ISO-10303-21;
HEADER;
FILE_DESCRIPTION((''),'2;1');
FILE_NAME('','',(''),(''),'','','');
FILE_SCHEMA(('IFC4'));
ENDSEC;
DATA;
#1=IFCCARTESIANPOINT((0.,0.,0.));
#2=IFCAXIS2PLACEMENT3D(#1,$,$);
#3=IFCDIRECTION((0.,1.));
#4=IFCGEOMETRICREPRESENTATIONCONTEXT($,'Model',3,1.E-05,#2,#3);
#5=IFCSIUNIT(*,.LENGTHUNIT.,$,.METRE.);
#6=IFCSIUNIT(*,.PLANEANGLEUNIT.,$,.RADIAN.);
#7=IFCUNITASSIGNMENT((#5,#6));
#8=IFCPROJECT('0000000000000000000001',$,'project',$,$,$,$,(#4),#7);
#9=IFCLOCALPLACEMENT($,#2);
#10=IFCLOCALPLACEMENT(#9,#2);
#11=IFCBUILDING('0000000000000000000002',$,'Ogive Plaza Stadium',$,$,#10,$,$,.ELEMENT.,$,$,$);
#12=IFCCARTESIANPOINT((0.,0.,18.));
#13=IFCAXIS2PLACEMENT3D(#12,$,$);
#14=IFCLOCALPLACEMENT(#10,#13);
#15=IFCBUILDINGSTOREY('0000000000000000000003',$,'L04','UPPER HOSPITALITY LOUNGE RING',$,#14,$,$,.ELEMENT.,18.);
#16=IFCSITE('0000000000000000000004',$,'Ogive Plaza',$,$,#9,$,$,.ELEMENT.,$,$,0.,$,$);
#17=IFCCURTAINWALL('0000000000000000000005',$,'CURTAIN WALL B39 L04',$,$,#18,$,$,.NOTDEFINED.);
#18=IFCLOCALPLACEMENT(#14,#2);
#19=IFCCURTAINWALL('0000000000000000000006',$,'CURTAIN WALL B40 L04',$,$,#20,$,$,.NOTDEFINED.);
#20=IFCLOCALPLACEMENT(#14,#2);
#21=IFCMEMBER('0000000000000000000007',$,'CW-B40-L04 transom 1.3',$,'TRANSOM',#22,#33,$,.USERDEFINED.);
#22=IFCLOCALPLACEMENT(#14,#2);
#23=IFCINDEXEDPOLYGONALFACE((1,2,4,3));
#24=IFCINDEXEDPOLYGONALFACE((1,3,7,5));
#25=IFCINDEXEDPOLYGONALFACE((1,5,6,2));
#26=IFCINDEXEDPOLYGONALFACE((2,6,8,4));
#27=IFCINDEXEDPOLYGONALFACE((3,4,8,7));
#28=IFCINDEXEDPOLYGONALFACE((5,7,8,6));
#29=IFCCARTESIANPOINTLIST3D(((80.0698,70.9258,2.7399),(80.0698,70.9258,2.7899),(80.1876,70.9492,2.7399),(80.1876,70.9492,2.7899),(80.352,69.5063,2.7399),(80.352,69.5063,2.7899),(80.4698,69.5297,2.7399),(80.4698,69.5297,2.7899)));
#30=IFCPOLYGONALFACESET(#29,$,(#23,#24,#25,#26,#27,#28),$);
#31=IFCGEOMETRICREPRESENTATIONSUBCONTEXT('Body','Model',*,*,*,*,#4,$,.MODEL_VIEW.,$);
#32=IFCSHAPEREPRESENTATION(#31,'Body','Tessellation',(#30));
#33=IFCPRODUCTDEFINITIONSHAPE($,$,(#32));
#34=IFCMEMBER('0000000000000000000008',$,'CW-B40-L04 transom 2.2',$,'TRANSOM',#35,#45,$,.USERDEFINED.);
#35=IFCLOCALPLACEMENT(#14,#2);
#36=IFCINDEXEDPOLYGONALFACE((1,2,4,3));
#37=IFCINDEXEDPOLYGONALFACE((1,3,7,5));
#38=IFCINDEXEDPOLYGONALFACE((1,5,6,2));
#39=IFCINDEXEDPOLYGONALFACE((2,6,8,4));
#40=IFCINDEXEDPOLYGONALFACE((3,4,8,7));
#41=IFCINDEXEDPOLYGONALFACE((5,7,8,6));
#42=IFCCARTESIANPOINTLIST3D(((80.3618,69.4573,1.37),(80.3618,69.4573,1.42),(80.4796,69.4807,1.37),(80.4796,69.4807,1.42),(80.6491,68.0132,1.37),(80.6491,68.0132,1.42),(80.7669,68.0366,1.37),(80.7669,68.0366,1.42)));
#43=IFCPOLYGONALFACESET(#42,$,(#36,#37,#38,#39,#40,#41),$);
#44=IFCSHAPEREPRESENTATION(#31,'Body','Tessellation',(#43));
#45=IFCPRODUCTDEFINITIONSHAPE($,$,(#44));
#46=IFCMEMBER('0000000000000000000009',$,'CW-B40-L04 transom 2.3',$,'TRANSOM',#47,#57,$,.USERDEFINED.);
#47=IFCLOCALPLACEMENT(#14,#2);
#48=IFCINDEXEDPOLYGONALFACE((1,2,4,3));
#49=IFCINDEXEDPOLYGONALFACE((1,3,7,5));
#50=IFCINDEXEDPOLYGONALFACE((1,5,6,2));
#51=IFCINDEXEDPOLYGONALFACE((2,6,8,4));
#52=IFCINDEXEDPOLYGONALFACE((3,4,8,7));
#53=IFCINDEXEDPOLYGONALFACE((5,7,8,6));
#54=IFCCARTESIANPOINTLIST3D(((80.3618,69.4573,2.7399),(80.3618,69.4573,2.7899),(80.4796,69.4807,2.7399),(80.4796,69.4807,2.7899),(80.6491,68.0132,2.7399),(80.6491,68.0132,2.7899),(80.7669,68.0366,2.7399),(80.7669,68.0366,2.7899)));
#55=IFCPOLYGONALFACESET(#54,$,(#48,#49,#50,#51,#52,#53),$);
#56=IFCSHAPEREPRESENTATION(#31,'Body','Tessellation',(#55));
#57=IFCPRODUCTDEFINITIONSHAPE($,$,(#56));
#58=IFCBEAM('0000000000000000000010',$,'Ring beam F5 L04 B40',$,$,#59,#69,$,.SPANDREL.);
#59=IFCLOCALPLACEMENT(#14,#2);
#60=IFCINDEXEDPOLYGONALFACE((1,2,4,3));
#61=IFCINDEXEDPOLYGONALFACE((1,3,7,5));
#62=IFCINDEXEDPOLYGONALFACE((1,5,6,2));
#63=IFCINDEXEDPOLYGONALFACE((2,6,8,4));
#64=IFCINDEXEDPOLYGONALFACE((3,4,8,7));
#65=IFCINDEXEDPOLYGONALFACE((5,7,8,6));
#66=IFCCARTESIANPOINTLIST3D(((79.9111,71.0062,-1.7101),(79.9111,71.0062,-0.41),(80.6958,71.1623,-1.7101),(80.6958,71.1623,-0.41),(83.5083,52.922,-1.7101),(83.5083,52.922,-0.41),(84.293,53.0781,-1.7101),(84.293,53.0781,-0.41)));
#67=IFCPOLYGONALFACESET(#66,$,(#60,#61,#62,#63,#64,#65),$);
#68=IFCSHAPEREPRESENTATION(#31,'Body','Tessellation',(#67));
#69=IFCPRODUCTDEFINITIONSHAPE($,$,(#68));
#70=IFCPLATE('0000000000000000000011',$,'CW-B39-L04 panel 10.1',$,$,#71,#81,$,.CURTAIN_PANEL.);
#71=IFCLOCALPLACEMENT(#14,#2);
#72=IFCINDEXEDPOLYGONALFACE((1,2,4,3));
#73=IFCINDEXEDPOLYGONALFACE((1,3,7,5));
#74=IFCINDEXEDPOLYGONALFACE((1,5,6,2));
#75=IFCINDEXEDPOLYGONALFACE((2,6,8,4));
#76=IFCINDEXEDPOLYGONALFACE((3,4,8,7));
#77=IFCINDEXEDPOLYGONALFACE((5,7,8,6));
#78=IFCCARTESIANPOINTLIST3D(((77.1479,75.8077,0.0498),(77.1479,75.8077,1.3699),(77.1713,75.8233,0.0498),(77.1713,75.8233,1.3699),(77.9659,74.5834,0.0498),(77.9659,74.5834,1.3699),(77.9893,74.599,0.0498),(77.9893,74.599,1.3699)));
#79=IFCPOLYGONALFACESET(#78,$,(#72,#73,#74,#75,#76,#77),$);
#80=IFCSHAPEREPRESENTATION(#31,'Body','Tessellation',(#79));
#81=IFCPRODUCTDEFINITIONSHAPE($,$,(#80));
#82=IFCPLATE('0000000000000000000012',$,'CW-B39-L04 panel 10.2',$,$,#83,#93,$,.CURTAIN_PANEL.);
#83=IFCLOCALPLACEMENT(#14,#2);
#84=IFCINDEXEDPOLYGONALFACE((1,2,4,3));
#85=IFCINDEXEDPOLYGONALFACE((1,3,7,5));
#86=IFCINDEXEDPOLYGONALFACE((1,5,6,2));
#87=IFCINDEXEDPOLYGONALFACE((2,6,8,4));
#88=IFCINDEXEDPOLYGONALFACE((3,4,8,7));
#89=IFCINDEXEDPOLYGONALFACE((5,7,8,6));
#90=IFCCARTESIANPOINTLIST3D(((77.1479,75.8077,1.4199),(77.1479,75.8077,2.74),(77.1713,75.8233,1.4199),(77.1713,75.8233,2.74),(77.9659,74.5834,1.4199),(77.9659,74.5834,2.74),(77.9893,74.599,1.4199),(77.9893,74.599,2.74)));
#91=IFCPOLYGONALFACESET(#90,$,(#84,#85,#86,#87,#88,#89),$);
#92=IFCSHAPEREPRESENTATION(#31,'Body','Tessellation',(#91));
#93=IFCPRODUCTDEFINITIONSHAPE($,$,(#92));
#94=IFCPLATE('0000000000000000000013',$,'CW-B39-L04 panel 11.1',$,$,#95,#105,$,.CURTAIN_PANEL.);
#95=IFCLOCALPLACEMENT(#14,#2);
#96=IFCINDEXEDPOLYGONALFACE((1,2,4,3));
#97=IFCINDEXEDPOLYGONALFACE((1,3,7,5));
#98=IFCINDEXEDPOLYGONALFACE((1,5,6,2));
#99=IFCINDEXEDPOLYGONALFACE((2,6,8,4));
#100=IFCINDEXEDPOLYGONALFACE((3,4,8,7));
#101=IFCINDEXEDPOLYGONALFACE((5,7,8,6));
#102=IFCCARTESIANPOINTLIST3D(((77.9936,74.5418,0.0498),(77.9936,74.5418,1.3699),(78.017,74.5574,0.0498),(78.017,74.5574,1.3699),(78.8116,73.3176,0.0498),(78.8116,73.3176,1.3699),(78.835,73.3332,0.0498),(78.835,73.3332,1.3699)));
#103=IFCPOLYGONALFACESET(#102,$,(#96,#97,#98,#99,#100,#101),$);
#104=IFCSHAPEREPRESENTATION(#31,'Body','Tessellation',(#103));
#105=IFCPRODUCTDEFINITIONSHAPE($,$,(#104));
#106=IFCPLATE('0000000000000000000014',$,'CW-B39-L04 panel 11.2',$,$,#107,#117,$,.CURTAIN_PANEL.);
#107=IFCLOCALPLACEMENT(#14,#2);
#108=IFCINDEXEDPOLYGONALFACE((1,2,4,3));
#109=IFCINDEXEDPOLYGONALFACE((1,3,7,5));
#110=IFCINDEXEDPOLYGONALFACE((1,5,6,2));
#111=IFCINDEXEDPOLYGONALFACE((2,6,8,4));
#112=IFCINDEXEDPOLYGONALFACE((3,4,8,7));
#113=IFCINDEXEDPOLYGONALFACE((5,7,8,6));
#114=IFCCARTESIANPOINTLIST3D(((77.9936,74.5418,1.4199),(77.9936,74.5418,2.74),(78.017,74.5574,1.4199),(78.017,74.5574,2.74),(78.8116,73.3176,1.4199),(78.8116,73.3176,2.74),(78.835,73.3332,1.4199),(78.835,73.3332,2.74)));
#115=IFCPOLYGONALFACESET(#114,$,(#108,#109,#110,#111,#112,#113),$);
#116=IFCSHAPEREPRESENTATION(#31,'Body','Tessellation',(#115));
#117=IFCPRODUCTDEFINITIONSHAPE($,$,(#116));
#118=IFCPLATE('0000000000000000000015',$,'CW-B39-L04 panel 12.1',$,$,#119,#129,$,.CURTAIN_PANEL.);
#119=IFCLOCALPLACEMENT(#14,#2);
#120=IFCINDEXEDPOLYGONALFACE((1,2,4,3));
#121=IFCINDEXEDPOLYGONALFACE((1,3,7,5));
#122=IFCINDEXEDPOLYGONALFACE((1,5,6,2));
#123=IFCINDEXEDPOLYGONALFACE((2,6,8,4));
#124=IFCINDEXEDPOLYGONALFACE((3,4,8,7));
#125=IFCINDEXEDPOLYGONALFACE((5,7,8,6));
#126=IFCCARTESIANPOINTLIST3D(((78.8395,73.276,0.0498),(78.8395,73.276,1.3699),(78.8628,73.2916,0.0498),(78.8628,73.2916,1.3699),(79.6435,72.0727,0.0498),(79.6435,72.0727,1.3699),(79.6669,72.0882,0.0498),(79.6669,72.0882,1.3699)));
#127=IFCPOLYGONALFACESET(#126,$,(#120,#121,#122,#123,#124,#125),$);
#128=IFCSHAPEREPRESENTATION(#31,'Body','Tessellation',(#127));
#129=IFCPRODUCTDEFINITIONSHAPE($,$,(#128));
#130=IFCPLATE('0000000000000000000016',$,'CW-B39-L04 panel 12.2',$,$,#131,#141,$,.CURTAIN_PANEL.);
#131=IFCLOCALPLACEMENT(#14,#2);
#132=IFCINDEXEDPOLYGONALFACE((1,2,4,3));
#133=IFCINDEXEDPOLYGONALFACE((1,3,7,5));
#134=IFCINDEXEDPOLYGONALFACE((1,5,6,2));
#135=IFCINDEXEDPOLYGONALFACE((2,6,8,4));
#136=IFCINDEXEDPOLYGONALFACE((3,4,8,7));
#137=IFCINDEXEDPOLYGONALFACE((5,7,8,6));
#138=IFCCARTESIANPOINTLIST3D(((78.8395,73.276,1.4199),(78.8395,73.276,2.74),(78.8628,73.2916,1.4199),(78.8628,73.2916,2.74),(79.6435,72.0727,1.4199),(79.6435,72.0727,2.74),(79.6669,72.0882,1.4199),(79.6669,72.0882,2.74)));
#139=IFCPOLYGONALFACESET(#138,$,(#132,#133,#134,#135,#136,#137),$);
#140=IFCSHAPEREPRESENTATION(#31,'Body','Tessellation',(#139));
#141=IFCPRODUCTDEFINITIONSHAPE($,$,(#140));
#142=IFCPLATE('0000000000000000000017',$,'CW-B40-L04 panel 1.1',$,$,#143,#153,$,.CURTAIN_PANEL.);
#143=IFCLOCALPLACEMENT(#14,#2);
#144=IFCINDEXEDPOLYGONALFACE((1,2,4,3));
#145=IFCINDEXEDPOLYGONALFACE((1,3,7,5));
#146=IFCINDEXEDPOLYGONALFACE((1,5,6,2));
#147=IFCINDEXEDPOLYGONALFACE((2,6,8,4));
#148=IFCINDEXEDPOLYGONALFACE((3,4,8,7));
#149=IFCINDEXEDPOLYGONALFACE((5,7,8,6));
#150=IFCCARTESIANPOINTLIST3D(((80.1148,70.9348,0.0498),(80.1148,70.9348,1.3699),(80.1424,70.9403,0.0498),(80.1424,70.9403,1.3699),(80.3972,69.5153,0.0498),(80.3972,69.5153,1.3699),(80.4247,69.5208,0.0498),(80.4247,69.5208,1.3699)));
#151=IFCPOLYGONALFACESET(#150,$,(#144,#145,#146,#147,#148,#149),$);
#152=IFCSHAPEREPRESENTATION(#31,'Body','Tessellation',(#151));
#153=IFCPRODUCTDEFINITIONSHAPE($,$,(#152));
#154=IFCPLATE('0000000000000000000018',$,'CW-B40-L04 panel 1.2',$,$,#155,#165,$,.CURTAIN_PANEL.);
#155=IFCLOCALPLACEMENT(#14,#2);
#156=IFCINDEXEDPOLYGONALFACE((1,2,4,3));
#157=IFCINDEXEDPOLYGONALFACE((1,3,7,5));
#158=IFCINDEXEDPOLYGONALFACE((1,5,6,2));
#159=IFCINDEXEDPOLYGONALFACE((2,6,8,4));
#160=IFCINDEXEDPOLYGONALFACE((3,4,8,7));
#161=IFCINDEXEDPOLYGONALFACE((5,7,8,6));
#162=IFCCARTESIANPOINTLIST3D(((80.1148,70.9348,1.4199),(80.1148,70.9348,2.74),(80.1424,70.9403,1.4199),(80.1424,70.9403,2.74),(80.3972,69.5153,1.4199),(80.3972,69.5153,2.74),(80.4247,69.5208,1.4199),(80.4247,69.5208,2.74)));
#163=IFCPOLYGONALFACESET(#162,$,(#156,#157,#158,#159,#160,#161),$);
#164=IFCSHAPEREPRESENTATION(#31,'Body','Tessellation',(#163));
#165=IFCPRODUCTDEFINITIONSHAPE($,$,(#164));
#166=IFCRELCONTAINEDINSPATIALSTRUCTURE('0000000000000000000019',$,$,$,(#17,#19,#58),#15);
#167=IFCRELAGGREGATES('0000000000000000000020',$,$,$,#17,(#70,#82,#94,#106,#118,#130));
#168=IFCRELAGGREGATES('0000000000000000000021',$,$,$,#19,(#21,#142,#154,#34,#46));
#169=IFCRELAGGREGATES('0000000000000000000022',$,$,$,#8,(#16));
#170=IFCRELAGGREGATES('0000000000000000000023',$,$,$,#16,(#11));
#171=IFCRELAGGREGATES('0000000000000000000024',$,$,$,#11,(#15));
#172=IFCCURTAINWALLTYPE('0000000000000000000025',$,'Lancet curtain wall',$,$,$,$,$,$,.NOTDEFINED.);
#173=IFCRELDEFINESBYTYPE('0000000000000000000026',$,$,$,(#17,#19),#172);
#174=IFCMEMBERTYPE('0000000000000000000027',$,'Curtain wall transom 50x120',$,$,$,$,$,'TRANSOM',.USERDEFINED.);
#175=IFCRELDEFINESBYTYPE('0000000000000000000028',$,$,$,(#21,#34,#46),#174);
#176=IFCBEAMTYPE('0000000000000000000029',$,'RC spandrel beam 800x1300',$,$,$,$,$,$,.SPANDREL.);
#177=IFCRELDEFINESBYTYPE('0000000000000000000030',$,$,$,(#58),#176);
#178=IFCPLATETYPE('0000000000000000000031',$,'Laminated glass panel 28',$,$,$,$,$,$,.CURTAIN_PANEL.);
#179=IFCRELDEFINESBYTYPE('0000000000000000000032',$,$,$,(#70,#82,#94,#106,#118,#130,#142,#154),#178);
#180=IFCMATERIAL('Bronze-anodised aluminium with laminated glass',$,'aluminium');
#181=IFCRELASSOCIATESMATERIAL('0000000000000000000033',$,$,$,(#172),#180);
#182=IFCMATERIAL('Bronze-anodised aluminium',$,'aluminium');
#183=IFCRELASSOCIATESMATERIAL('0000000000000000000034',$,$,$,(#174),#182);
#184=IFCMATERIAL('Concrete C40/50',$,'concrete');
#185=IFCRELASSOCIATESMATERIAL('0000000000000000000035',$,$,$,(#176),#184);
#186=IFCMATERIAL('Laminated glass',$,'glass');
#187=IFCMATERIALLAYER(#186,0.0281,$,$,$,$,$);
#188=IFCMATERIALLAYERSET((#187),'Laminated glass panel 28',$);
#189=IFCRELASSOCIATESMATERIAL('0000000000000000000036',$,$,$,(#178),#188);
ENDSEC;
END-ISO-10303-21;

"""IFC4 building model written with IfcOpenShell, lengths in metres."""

from ifc_helpers import new_model, si_unit, direction, frame, origin, origin_2d, place, context, subcontext, project, spatial, rectangle, extrude, material, layer, layer_set, material_profile, profile_set, type_object, element, aggregate, save


model = new_model("IFC4")

# Units and contexts
model_context = context("Model", 3, precision=1e-05, world=origin(), true_north=direction((0.0, 1.0)))
body_context = subcontext(model_context, "Body", "Model", "MODEL_VIEW")
ifc_project = project(units=[si_unit("LENGTHUNIT", "METRE"), si_unit("PLANEANGLEUNIT", "RADIAN")], contexts=[model_context])

# Site, building, storey
site_placement = place(None, origin())
site = spatial("IfcSite", under=ifc_project, at=site_placement, Name="Ogive Plaza", CompositionType="ELEMENT", RefElevation=0.0)
building_placement = place(site_placement, origin())
building = spatial("IfcBuilding", under=site, at=building_placement, Name="Ogive Plaza Stadium", CompositionType="ELEMENT")
storey_placement = place(building_placement, frame((0.0, 0.0, 18.0)))
storey = spatial("IfcBuildingStorey", under=building, at=storey_placement, Name="L04", Description="UPPER HOSPITALITY LOUNGE RING", CompositionType="ELEMENT", Elevation=18.0)

# Curtain walls
ifc_material_1 = material(Name="Bronze-anodised aluminium with laminated glass", Category="aluminium")
curtain_wall_type = type_object("IfcCurtainWallType", Name="Lancet curtain wall", PredefinedType="NOTDEFINED", material=ifc_material_1)
curtain_wall_1_placement = place(storey_placement, origin())
curtain_wall_1 = element("IfcCurtainWall", 1, at=curtain_wall_1_placement, inside=storey, type_object=curtain_wall_type, Name="CURTAIN WALL B39 L04", PredefinedType="NOTDEFINED")
curtain_wall_2_placement = place(storey_placement, origin())
curtain_wall_2 = element("IfcCurtainWall", 2, at=curtain_wall_2_placement, inside=storey, type_object=curtain_wall_type, Name="CURTAIN WALL B40 L04", PredefinedType="NOTDEFINED")

# Members
ifc_material_2 = material(Name="Bronze-anodised aluminium", Category="aluminium")
ifc_material_profile_1 = material_profile(ifc_material_2, rectangle(XDim=0.1201, YDim=0.05, at=origin_2d()), Name="AL 120x50")
ifc_profile_set_1 = profile_set([ifc_material_profile_1], Name="Bronze-anodised aluminium")
member_type_1 = type_object("IfcMemberType", Name="Curtain wall transom 50x120", ElementType="TRANSOM", PredefinedType="USERDEFINED", material=ifc_profile_set_1)
member_1_placement = place(storey_placement, frame((80.1287, 70.9375, 2.7649), z_axis=(0.195013, -0.980801, 0.0), x_axis=(0.980801, 0.195013, 0.0)))
member_1 = element("IfcMember", 3, at=member_1_placement, type_object=member_type_1, Name="CW-B40-L04 transom 1.3", ObjectType="TRANSOM", PredefinedType="USERDEFINED", context=body_context, shape_type="SweptSolid", body=[
    extrude(rectangle(XDim=0.1201, YDim=0.05, at=origin_2d()), origin(), (0.0, 0.0, 1.0), 1.4473),
])
member_2_placement = place(storey_placement, frame((80.4207, 69.469, 1.395), z_axis=(0.195159, -0.980772, 0.0), x_axis=(0.980772, 0.195159, 0.0)))
member_2 = element("IfcMember", 4, at=member_2_placement, type_object=member_type_1, Name="CW-B40-L04 transom 2.2", ObjectType="TRANSOM", PredefinedType="USERDEFINED", context=body_context, shape_type="SweptSolid", body=[
    extrude(rectangle(XDim=0.1201, YDim=0.05, at=origin_2d()), origin(), (0.0, 0.0, 1.0), 1.4724),
])
member_3_placement = place(storey_placement, frame((80.4207, 69.469, 2.7649), z_axis=(0.195159, -0.980772, 0.0), x_axis=(0.980772, 0.195159, 0.0)))
member_3 = element("IfcMember", 5, at=member_3_placement, type_object=member_type_1, Name="CW-B40-L04 transom 2.3", ObjectType="TRANSOM", PredefinedType="USERDEFINED", context=body_context, shape_type="SweptSolid", body=[
    extrude(rectangle(XDim=0.1201, YDim=0.05, at=origin_2d()), origin(), (0.0, 0.0, 1.0), 1.4724),
])

# Beam
ifc_material_3 = material(Name="Concrete C40/50", Category="concrete")
ifc_material_profile_2 = material_profile(ifc_material_3, rectangle(XDim=0.8, YDim=1.3, at=origin_2d()), Name="RC 800x1300")
ifc_profile_set_2 = profile_set([ifc_material_profile_2], Name="Concrete C40/50")
beam_type = type_object("IfcBeamType", Name="RC spandrel beam 800x1300", PredefinedType="SPANDREL", material=ifc_profile_set_2)
beam_placement = place(storey_placement, frame((80.3035, 71.0842, -1.0601), z_axis=(0.19509, -0.980785, 0.0), x_axis=(0.980785, 0.19509, 0.0)))
element("IfcBeam", 6, at=beam_placement, inside=storey, type_object=beam_type, Name="Ring beam F5 L04 B40", PredefinedType="SPANDREL", context=body_context, shape_type="SweptSolid", body=[
    extrude(rectangle(XDim=0.8, YDim=1.3, at=origin_2d()), origin(), (0.0, 0.0, 1.0), 18.4385),
])

# Plates
ifc_material_4 = material(Name="Laminated glass", Category="glass")
ifc_layer = layer(ifc_material_4, 0.0281)
ifc_layer_set = layer_set([ifc_layer], Name="Laminated glass panel 28")
plate_type = type_object("IfcPlateType", Name="Laminated glass panel 28", PredefinedType="CURTAIN_PANEL", material=ifc_layer_set)
plate_1_placement = place(storey_placement, frame((77.5686, 75.2034, 0.0498), z_axis=(0.0, 0.0, 1.0), x_axis=(0.55557, -0.83147, 0.0)))
plate_1 = element("IfcPlate", 7, at=plate_1_placement, type_object=plate_type, Name="CW-B39-L04 panel 10.1", PredefinedType="CURTAIN_PANEL", context=body_context, shape_type="SweptSolid", body=[
    extrude(rectangle(XDim=1.4724, YDim=0.0281, at=origin_2d()), origin(), (0.0, 0.0, 1.0), 1.3201),
])
plate_2_placement = place(storey_placement, frame((77.5686, 75.2034, 1.4199), z_axis=(0.0, 0.0, 1.0), x_axis=(0.55557, -0.83147, 0.0)))
plate_2 = element("IfcPlate", 8, at=plate_2_placement, type_object=plate_type, Name="CW-B39-L04 panel 10.2", PredefinedType="CURTAIN_PANEL", context=body_context, shape_type="SweptSolid", body=[
    extrude(rectangle(XDim=1.4724, YDim=0.0281, at=origin_2d()), origin(), (0.0, 0.0, 1.0), 1.3201),
])
plate_3_placement = place(storey_placement, frame((78.4143, 73.9375, 0.0498), z_axis=(0.0, 0.0, 1.0), x_axis=(0.55557, -0.83147, 0.0)))
plate_3 = element("IfcPlate", 9, at=plate_3_placement, type_object=plate_type, Name="CW-B39-L04 panel 11.1", PredefinedType="CURTAIN_PANEL", context=body_context, shape_type="SweptSolid", body=[
    extrude(rectangle(XDim=1.4724, YDim=0.0281, at=origin_2d()), origin(), (0.0, 0.0, 1.0), 1.3201),
])
plate_4_placement = place(storey_placement, frame((78.4143, 73.9375, 1.4199), z_axis=(0.0, 0.0, 1.0), x_axis=(0.55557, -0.83147, 0.0)))
plate_4 = element("IfcPlate", 10, at=plate_4_placement, type_object=plate_type, Name="CW-B39-L04 panel 11.2", PredefinedType="CURTAIN_PANEL", context=body_context, shape_type="SweptSolid", body=[
    extrude(rectangle(XDim=1.4724, YDim=0.0281, at=origin_2d()), origin(), (0.0, 0.0, 1.0), 1.3201),
])
plate_5_placement = place(storey_placement, frame((79.2532, 72.6821, 0.0498), z_axis=(0.0, 0.0, 1.0), x_axis=(0.55557, -0.83147, 0.0)))
plate_5 = element("IfcPlate", 11, at=plate_5_placement, type_object=plate_type, Name="CW-B39-L04 panel 12.1", PredefinedType="CURTAIN_PANEL", context=body_context, shape_type="SweptSolid", body=[
    extrude(rectangle(XDim=1.4473, YDim=0.0281, at=origin_2d()), origin(), (0.0, 0.0, 1.0), 1.3201),
])
plate_6_placement = place(storey_placement, frame((79.2532, 72.6821, 1.4199), z_axis=(0.0, 0.0, 1.0), x_axis=(0.55557, -0.83147, 0.0)))
plate_6 = element("IfcPlate", 12, at=plate_6_placement, type_object=plate_type, Name="CW-B39-L04 panel 12.2", PredefinedType="CURTAIN_PANEL", context=body_context, shape_type="SweptSolid", body=[
    extrude(rectangle(XDim=1.4473, YDim=0.0281, at=origin_2d()), origin(), (0.0, 0.0, 1.0), 1.3201),
])
aggregate(curtain_wall_1, [plate_1, plate_2, plate_3, plate_4, plate_5, plate_6])
plate_7_placement = place(storey_placement, frame((80.2698, 70.2278, 0.0498), z_axis=(0.0, 0.0, 1.0), x_axis=(0.19509, -0.980785, 0.0)))
plate_7 = element("IfcPlate", 13, at=plate_7_placement, type_object=plate_type, Name="CW-B40-L04 panel 1.1", PredefinedType="CURTAIN_PANEL", context=body_context, shape_type="SweptSolid", body=[
    extrude(rectangle(XDim=1.4473, YDim=0.0281, at=origin_2d()), origin(), (0.0, 0.0, 1.0), 1.3201),
])
plate_8_placement = place(storey_placement, frame((80.2698, 70.2278, 1.4199), z_axis=(0.0, 0.0, 1.0), x_axis=(0.19509, -0.980785, 0.0)))
plate_8 = element("IfcPlate", 14, at=plate_8_placement, type_object=plate_type, Name="CW-B40-L04 panel 1.2", PredefinedType="CURTAIN_PANEL", context=body_context, shape_type="SweptSolid", body=[
    extrude(rectangle(XDim=1.4473, YDim=0.0281, at=origin_2d()), origin(), (0.0, 0.0, 1.0), 1.3201),
])
aggregate(curtain_wall_2, [member_1, plate_7, plate_8, member_2, member_3])

save(model, "model.ifc")
